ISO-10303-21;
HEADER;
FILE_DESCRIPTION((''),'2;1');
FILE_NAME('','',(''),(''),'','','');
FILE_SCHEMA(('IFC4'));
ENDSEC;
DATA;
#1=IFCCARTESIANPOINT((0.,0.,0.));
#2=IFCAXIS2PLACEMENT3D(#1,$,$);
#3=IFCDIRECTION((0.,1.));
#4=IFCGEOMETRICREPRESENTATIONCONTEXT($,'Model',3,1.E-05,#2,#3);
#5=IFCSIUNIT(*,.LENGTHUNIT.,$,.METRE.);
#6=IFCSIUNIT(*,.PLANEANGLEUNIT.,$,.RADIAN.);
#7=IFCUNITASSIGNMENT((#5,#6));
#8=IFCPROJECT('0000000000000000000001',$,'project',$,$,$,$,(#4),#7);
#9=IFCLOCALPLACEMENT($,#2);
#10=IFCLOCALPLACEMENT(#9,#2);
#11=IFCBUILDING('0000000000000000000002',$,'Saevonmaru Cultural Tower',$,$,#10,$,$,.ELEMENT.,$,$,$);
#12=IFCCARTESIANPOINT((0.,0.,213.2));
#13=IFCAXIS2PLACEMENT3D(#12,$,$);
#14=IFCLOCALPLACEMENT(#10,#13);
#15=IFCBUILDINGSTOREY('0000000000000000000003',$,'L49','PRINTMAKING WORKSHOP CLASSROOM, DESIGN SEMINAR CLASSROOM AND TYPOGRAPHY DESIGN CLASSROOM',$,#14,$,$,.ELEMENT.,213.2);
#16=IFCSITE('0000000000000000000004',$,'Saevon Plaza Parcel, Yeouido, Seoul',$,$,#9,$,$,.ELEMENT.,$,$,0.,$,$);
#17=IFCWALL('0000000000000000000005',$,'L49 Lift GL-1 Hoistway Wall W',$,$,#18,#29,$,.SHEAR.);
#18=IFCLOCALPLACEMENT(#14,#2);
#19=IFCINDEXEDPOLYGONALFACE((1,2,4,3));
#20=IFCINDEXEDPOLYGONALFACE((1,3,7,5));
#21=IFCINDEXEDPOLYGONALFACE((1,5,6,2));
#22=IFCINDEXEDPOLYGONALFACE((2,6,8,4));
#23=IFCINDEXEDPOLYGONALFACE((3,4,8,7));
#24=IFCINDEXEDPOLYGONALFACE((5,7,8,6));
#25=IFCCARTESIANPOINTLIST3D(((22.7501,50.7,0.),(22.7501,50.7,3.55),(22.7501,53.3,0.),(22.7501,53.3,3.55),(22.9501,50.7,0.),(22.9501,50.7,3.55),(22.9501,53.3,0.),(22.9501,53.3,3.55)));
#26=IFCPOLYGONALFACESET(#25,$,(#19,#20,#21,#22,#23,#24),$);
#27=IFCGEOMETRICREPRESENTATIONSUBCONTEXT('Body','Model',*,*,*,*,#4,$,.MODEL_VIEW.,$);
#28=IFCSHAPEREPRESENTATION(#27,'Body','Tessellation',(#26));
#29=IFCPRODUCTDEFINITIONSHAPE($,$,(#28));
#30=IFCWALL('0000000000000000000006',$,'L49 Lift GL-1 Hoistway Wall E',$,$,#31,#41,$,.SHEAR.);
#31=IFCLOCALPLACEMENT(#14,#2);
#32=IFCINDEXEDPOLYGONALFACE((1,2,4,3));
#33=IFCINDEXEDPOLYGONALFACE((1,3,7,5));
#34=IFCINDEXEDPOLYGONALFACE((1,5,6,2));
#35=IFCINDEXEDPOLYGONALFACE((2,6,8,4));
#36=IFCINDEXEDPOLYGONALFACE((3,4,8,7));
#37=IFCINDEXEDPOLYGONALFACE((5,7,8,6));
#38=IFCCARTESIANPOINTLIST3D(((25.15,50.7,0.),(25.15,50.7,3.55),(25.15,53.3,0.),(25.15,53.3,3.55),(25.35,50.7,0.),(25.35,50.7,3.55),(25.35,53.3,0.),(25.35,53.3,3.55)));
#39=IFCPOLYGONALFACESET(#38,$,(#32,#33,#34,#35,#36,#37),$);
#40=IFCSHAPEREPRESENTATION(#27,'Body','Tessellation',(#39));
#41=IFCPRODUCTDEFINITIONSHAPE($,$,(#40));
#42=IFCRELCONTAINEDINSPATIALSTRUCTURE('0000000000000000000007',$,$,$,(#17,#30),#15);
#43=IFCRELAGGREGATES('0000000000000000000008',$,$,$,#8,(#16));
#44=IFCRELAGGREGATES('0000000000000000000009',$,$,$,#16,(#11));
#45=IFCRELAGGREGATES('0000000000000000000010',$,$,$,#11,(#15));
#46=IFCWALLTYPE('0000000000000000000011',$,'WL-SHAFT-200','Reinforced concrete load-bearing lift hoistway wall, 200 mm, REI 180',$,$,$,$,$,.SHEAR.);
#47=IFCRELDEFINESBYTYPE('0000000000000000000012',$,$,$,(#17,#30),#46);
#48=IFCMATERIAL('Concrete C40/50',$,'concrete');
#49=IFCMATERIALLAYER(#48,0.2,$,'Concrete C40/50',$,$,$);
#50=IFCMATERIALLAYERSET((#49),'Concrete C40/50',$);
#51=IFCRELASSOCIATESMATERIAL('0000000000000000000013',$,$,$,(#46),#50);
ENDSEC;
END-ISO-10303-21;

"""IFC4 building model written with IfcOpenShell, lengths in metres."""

from ifc_helpers import new_model, si_unit, direction, frame, frame_2d, origin, place, context, subcontext, project, spatial, rectangle, extrude, material, layer, layer_set, type_object, element, save


model = new_model("IFC4")

# Units and contexts
model_context = context("Model", 3, precision=1e-05, world=origin(), true_north=direction((0.0, 1.0)))
body_context = subcontext(model_context, "Body", "Model", "MODEL_VIEW")
ifc_project = project(units=[si_unit("LENGTHUNIT", "METRE"), si_unit("PLANEANGLEUNIT", "RADIAN")], contexts=[model_context])

# Site, building, storey
site_placement = place(None, origin())
site = spatial("IfcSite", under=ifc_project, at=site_placement, Name="Saevon Plaza Parcel, Yeouido, Seoul", CompositionType="ELEMENT", RefElevation=0.0)
building_placement = place(site_placement, origin())
building = spatial("IfcBuilding", under=site, at=building_placement, Name="Saevonmaru Cultural Tower", CompositionType="ELEMENT")
storey_placement = place(building_placement, frame((0.0, 0.0, 213.2)))
storey = spatial("IfcBuildingStorey", under=building, at=storey_placement, Name="L49", Description="PRINTMAKING WORKSHOP CLASSROOM, DESIGN SEMINAR CLASSROOM AND TYPOGRAPHY DESIGN CLASSROOM", CompositionType="ELEMENT", Elevation=213.2)

# Walls
ifc_material_1 = material(Name="Concrete C40/50", Category="concrete")
ifc_layer_1 = layer(ifc_material_1, 0.2, Name="Concrete C40/50")
ifc_layer_set_1 = layer_set([ifc_layer_1], Name="Concrete C40/50")
wall_type_1 = type_object("IfcWallType", Name="WL-SHAFT-200", Description="Reinforced concrete load-bearing lift hoistway wall, 200 mm, REI 180", PredefinedType="SHEAR", material=ifc_layer_set_1)
for number, where, z_axis, x_axis, name in (
    (1, (22.8501, 50.7, 0.0), (0.0, 0.0, 1.0), (0.0, 1.0, 0.0), "L49 Lift GL-1 Hoistway Wall W"),
    (2, (25.25, 50.7, 0.0), (0.0, 0.0, 1.0), (0.0, 1.0, 0.0), "L49 Lift GL-1 Hoistway Wall E"),
):
    element("IfcWall", number, at=place(storey_placement, frame(where, z_axis=z_axis, x_axis=x_axis)), inside=storey, type_object=wall_type_1, Name=name, PredefinedType="SHEAR", context=body_context, shape_type="SweptSolid", body=[
        extrude(rectangle(XDim=2.6001, YDim=0.2, at=frame_2d((1.3, 0.0))), origin(), (0.0, 0.0, 1.0), 3.55),
    ])

save(model, "model.ifc")
